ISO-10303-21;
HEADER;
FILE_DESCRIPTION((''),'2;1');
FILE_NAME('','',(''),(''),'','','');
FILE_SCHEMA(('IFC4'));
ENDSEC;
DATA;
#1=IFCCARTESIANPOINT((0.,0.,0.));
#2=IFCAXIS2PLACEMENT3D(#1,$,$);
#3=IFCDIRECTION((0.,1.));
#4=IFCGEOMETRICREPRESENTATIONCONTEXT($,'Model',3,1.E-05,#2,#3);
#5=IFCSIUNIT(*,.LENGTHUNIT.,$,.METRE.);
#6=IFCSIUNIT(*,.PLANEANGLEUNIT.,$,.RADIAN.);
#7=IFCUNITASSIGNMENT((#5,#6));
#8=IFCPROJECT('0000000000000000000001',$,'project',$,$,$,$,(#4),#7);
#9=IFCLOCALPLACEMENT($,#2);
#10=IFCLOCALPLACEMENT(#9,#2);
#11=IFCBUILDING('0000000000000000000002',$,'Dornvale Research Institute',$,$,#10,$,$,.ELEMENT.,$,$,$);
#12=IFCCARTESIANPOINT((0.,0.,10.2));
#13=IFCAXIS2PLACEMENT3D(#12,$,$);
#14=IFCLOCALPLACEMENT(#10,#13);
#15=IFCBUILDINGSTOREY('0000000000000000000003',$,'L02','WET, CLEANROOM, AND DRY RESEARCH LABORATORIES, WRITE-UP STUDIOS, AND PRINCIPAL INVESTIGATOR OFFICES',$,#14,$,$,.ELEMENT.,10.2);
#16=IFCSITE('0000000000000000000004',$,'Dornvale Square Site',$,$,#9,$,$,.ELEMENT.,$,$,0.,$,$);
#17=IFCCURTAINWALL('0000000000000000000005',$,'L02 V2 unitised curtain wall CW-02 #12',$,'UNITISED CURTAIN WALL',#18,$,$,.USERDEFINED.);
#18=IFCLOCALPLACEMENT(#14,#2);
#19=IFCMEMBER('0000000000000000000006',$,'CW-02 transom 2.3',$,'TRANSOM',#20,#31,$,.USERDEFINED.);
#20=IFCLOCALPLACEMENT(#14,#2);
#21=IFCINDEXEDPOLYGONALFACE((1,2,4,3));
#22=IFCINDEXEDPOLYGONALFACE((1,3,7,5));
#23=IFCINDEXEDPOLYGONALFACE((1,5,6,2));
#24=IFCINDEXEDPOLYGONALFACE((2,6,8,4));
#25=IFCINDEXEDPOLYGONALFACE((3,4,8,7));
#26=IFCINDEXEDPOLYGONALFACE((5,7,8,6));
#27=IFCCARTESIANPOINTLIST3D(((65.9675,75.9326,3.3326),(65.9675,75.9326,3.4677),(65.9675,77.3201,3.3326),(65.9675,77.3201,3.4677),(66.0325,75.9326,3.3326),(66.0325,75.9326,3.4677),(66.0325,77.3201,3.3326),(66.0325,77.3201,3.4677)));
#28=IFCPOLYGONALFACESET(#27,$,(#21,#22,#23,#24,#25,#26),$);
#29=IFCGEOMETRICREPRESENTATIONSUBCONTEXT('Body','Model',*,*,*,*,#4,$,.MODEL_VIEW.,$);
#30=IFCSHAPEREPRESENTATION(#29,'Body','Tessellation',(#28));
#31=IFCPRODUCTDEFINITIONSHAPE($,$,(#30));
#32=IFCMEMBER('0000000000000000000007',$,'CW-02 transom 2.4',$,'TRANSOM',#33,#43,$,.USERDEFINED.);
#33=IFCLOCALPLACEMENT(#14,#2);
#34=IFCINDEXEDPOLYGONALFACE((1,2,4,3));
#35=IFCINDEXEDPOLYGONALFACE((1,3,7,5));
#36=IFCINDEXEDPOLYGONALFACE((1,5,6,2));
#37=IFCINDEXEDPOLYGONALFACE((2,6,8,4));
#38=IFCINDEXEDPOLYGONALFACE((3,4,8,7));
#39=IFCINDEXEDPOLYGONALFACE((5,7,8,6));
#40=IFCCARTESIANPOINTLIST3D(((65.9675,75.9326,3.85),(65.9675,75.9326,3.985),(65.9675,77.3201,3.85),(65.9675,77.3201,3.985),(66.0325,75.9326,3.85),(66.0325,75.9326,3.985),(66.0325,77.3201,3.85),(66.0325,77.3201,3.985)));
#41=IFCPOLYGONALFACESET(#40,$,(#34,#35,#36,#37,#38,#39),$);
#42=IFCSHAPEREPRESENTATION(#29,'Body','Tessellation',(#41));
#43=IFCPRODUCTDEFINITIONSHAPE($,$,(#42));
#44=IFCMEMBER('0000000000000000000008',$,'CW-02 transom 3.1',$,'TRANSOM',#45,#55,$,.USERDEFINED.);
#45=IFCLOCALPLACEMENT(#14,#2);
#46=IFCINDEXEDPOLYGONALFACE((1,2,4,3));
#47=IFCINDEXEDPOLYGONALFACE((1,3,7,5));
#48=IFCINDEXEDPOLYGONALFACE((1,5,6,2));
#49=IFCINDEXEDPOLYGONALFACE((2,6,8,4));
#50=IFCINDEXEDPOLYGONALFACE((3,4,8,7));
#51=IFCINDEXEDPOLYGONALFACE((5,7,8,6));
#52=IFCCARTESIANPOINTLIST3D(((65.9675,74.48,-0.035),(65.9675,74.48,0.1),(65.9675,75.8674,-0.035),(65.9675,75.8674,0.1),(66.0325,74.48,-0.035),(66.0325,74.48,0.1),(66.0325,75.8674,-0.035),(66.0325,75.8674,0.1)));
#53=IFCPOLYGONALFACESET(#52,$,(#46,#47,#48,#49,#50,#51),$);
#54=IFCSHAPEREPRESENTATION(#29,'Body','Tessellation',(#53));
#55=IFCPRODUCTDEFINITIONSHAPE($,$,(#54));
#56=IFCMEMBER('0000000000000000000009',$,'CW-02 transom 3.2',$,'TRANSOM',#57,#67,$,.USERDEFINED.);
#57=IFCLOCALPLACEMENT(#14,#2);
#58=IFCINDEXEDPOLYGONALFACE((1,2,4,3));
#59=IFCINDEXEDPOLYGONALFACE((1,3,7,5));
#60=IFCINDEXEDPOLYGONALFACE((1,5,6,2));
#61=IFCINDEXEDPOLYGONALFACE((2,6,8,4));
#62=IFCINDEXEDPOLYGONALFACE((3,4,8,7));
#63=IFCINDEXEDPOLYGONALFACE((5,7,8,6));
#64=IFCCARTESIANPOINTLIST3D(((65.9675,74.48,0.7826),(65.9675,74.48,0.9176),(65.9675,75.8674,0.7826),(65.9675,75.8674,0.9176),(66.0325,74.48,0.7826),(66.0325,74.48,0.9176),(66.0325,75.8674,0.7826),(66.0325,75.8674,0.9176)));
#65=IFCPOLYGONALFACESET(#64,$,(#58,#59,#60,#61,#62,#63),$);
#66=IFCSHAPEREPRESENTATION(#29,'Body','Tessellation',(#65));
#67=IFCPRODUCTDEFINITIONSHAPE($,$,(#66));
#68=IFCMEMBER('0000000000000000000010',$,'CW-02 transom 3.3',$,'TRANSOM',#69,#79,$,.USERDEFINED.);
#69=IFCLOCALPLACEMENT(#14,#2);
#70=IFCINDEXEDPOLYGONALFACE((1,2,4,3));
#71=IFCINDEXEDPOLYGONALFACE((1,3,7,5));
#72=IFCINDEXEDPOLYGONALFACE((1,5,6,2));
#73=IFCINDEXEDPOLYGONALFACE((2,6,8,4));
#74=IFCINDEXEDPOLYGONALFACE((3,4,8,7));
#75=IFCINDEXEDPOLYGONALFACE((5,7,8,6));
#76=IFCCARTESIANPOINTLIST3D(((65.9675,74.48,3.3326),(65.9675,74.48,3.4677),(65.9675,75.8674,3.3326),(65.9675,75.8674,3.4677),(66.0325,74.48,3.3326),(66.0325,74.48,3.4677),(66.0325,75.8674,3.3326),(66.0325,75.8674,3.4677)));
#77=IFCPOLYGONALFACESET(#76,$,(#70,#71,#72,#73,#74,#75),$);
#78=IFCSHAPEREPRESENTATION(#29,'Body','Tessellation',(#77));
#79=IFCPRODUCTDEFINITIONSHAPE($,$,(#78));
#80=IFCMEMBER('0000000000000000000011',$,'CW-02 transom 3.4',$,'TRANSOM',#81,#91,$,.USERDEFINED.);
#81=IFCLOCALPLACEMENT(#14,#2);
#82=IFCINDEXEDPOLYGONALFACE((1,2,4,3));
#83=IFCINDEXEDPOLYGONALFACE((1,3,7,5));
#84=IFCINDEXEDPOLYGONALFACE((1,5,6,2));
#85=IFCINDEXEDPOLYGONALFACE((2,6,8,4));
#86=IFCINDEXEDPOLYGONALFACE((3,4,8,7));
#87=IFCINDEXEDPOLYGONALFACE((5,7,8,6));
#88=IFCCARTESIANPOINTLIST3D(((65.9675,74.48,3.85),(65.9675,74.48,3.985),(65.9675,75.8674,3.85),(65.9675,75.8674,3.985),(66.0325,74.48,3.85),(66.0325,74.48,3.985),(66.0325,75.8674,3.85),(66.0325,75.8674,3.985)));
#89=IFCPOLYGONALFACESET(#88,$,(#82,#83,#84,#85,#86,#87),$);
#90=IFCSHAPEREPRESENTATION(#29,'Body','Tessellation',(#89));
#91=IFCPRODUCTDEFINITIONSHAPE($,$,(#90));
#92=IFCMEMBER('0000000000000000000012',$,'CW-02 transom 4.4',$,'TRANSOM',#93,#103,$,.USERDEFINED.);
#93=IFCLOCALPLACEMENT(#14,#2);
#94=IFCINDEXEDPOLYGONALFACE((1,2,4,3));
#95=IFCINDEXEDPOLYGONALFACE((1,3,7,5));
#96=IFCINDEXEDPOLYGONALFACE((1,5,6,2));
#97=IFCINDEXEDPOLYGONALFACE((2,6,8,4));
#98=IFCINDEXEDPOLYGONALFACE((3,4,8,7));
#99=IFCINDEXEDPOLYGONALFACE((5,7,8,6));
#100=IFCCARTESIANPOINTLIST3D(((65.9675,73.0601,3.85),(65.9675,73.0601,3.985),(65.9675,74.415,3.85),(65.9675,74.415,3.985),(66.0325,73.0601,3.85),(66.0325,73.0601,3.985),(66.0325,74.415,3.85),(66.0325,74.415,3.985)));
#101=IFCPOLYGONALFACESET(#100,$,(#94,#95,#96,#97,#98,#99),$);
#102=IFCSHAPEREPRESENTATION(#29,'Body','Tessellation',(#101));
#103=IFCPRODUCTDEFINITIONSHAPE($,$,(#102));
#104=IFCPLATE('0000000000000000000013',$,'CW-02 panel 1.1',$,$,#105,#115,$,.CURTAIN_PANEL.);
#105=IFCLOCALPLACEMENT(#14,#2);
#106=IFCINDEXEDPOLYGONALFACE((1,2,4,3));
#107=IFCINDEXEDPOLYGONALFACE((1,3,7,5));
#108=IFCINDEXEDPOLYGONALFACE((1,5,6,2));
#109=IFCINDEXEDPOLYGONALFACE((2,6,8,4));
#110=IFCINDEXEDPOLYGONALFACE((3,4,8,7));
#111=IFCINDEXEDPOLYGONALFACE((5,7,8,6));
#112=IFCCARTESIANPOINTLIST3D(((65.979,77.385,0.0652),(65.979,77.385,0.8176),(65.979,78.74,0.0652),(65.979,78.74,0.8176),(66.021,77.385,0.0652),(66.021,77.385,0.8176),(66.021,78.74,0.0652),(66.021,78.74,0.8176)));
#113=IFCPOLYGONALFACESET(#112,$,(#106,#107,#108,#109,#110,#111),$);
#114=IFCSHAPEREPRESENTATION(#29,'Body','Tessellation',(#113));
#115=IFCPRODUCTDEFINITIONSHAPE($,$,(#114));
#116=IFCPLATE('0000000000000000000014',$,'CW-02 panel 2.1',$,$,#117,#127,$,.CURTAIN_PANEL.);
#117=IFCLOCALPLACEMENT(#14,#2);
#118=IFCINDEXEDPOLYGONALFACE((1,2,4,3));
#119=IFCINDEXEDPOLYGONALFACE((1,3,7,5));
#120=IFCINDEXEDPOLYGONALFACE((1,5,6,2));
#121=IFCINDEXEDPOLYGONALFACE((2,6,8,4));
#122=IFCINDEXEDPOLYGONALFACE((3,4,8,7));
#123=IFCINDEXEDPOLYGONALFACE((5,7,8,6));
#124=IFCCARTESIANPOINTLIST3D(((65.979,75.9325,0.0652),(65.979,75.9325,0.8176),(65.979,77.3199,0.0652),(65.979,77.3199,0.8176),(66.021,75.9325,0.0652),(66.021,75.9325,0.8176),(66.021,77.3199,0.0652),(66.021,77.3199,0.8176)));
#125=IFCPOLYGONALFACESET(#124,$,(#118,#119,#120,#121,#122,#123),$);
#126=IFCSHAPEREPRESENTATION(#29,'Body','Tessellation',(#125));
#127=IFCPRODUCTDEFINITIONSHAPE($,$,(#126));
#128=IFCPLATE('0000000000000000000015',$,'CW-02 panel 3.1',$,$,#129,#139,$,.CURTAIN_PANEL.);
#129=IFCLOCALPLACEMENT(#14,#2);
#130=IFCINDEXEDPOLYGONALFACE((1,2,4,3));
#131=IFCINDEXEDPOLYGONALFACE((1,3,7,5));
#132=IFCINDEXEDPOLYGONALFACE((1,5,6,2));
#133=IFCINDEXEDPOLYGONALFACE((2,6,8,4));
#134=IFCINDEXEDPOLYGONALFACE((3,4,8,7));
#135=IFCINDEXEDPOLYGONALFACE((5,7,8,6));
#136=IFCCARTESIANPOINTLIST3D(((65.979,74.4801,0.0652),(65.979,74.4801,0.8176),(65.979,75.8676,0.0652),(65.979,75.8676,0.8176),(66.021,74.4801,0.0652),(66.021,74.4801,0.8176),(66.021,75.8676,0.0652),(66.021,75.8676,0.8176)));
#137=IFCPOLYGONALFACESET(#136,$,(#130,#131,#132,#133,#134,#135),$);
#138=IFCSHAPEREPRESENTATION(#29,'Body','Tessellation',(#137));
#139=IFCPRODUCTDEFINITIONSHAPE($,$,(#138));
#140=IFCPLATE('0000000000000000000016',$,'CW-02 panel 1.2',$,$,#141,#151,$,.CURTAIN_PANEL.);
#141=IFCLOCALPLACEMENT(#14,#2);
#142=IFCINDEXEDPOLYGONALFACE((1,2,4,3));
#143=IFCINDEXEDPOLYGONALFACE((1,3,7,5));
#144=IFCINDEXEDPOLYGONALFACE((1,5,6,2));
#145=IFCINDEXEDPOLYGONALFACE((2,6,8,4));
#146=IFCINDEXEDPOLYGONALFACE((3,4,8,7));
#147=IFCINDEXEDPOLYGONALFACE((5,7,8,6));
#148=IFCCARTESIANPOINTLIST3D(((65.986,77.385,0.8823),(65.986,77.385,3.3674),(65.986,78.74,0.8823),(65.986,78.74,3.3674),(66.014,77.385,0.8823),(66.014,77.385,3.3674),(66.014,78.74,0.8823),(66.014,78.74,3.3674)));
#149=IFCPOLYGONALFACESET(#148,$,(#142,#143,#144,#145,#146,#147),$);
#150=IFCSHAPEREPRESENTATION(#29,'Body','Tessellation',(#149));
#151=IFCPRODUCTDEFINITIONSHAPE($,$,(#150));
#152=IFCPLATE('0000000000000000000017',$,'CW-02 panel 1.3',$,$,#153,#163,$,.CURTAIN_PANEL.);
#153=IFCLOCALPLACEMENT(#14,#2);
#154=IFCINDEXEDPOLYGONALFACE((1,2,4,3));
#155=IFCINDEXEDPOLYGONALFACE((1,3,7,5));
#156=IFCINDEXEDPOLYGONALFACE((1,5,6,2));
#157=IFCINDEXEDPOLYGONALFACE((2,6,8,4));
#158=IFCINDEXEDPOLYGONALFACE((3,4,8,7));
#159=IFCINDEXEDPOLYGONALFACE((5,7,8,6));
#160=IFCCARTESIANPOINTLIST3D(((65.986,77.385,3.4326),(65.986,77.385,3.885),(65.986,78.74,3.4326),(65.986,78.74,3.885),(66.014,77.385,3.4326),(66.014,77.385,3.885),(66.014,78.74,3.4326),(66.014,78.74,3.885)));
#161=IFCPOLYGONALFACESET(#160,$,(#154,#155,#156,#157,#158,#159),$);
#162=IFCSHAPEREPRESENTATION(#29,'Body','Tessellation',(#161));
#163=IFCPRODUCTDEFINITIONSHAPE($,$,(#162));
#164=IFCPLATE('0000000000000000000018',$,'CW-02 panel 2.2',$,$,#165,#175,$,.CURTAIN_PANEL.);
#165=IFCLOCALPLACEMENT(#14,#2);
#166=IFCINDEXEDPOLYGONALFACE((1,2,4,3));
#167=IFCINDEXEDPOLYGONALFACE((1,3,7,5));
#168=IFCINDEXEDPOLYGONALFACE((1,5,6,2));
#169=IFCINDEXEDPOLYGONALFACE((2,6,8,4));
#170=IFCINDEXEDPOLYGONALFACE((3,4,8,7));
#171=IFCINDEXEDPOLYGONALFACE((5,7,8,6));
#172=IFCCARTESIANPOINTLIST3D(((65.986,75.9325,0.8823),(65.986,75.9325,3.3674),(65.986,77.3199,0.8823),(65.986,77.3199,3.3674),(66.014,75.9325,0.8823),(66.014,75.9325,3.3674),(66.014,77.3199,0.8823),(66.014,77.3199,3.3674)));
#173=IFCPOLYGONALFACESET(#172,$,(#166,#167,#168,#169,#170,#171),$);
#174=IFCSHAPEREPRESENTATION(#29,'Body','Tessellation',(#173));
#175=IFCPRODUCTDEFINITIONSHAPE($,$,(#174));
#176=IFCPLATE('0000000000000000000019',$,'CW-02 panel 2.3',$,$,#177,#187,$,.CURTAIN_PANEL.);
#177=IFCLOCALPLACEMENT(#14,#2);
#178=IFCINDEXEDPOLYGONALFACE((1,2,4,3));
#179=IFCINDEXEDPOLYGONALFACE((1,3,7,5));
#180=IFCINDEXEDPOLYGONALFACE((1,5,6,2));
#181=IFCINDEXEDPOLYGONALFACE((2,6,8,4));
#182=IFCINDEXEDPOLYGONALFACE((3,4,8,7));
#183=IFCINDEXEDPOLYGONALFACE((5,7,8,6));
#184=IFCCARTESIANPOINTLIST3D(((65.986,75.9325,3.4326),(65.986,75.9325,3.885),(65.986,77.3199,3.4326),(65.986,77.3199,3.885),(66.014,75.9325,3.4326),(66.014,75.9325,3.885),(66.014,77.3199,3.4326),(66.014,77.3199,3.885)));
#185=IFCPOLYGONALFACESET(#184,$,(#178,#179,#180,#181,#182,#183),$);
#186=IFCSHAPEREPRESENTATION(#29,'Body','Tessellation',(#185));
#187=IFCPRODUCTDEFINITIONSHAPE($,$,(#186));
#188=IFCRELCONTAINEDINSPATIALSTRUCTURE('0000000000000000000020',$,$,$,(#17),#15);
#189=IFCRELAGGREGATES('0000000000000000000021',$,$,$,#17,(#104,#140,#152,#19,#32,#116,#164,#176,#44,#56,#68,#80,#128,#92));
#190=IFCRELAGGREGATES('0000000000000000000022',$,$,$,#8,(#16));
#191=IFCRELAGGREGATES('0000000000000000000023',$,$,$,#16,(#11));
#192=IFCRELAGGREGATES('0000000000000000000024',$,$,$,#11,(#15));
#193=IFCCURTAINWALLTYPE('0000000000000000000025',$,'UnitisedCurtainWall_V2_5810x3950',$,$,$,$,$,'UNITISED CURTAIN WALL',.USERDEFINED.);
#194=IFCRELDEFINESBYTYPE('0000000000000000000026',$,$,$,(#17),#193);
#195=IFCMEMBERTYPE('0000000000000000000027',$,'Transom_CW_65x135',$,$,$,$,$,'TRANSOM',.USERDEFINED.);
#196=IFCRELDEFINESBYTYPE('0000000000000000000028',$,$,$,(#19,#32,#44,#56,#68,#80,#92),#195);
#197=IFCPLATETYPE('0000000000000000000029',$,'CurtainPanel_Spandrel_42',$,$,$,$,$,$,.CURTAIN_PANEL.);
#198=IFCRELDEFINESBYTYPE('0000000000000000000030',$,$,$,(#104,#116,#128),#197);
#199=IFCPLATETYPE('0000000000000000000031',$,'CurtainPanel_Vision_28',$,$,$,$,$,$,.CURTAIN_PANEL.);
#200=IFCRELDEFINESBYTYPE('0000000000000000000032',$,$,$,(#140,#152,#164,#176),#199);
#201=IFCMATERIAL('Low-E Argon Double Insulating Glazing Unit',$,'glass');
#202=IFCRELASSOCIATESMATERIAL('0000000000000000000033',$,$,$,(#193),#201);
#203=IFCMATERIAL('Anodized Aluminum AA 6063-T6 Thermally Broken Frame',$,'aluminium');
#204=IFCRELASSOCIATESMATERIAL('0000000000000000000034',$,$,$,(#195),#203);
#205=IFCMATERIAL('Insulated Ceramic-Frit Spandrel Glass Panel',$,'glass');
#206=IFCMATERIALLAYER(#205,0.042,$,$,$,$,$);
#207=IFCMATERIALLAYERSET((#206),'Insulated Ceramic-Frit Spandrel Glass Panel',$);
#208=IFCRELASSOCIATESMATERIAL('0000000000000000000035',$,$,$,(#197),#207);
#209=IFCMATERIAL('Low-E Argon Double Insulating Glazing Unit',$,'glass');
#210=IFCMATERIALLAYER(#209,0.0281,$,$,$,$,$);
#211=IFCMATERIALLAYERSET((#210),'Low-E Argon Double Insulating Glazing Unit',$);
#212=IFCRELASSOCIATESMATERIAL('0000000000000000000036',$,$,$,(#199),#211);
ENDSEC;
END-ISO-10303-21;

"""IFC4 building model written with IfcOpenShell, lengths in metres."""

from ifc_helpers import new_model, si_unit, direction, frame, origin, origin_2d, place, context, subcontext, project, spatial, rectangle, extrude, material, layer, layer_set, material_profile, profile_set, type_object, element, aggregate, save


model = new_model("IFC4")

# Units and contexts
model_context = context("Model", 3, precision=1e-05, world=origin(), true_north=direction((0.0, 1.0)))
body_context = subcontext(model_context, "Body", "Model", "MODEL_VIEW")
ifc_project = project(units=[si_unit("LENGTHUNIT", "METRE"), si_unit("PLANEANGLEUNIT", "RADIAN")], contexts=[model_context])

# Site, building, storey
site_placement = place(None, origin())
site = spatial("IfcSite", under=ifc_project, at=site_placement, Name="Dornvale Square Site", CompositionType="ELEMENT", RefElevation=0.0)
building_placement = place(site_placement, origin())
building = spatial("IfcBuilding", under=site, at=building_placement, Name="Dornvale Research Institute", CompositionType="ELEMENT")
storey_placement = place(building_placement, frame((0.0, 0.0, 10.2)))
storey = spatial("IfcBuildingStorey", under=building, at=storey_placement, Name="L02", Description="WET, CLEANROOM, AND DRY RESEARCH LABORATORIES, WRITE-UP STUDIOS, AND PRINCIPAL INVESTIGATOR OFFICES", CompositionType="ELEMENT", Elevation=10.2)

# Curtain wall
ifc_material_1 = material(Name="Low-E Argon Double Insulating Glazing Unit", Category="glass")
curtain_wall_type = type_object("IfcCurtainWallType", Name="UnitisedCurtainWall_V2_5810x3950", ElementType="UNITISED CURTAIN WALL", PredefinedType="USERDEFINED", material=ifc_material_1)
curtain_wall_placement = place(storey_placement, origin())
curtain_wall = element("IfcCurtainWall", 1, at=curtain_wall_placement, inside=storey, type_object=curtain_wall_type, Name="L02 V2 unitised curtain wall CW-02 #12", ObjectType="UNITISED CURTAIN WALL", PredefinedType="USERDEFINED")

# Members
ifc_material_2 = material(Name="Anodized Aluminum AA 6063-T6 Thermally Broken Frame", Category="aluminium")
ifc_material_profile_1 = material_profile(ifc_material_2, rectangle(XDim=0.0649, YDim=0.135, at=origin_2d()), Name="ALU TRANSOM 65x135")
ifc_profile_set_1 = profile_set([ifc_material_profile_1], Name="Anodized Aluminum AA 6063-T6 Thermally Broken Frame")
member_type_1 = type_object("IfcMemberType", Name="Transom_CW_65x135", ElementType="TRANSOM", PredefinedType="USERDEFINED", material=ifc_profile_set_1)
member_1_placement = place(storey_placement, frame((66.0, 77.3201, 3.4001), z_axis=(0.0, -1.0, 0.0), x_axis=(1.0, 0.0, 0.0)))
member_1 = element("IfcMember", 2, at=member_1_placement, type_object=member_type_1, Name="CW-02 transom 2.3", ObjectType="TRANSOM", PredefinedType="USERDEFINED", context=body_context, shape_type="SweptSolid", body=[
    extrude(rectangle(XDim=0.0649, YDim=0.135, at=origin_2d()), origin(), (0.0, 0.0, 1.0), 1.3875),
])
member_2_placement = place(storey_placement, frame((66.0, 77.3201, 3.9175), z_axis=(0.0, -1.0, 0.0), x_axis=(1.0, 0.0, 0.0)))
member_2 = element("IfcMember", 3, at=member_2_placement, type_object=member_type_1, Name="CW-02 transom 2.4", ObjectType="TRANSOM", PredefinedType="USERDEFINED", context=body_context, shape_type="SweptSolid", body=[
    extrude(rectangle(XDim=0.0649, YDim=0.135, at=origin_2d()), origin(), (0.0, 0.0, 1.0), 1.3875),
])
member_3_placement = place(storey_placement, frame((66.0, 75.8674, 0.0325), z_axis=(0.0, -1.0, 0.0), x_axis=(1.0, 0.0, 0.0)))
member_3 = element("IfcMember", 4, at=member_3_placement, type_object=member_type_1, Name="CW-02 transom 3.1", ObjectType="TRANSOM", PredefinedType="USERDEFINED", context=body_context, shape_type="SweptSolid", body=[
    extrude(rectangle(XDim=0.0649, YDim=0.135, at=origin_2d()), origin(), (0.0, 0.0, 1.0), 1.3875),
])
member_4_placement = place(storey_placement, frame((66.0, 75.8674, 0.8501), z_axis=(0.0, -1.0, 0.0), x_axis=(1.0, 0.0, 0.0)))
member_4 = element("IfcMember", 5, at=member_4_placement, type_object=member_type_1, Name="CW-02 transom 3.2", ObjectType="TRANSOM", PredefinedType="USERDEFINED", context=body_context, shape_type="SweptSolid", body=[
    extrude(rectangle(XDim=0.0649, YDim=0.135, at=origin_2d()), origin(), (0.0, 0.0, 1.0), 1.3875),
])
member_5_placement = place(storey_placement, frame((66.0, 75.8674, 3.4001), z_axis=(0.0, -1.0, 0.0), x_axis=(1.0, 0.0, 0.0)))
member_5 = element("IfcMember", 6, at=member_5_placement, type_object=member_type_1, Name="CW-02 transom 3.3", ObjectType="TRANSOM", PredefinedType="USERDEFINED", context=body_context, shape_type="SweptSolid", body=[
    extrude(rectangle(XDim=0.0649, YDim=0.135, at=origin_2d()), origin(), (0.0, 0.0, 1.0), 1.3875),
])
member_6_placement = place(storey_placement, frame((66.0, 75.8674, 3.9175), z_axis=(0.0, -1.0, 0.0), x_axis=(1.0, 0.0, 0.0)))
member_6 = element("IfcMember", 7, at=member_6_placement, type_object=member_type_1, Name="CW-02 transom 3.4", ObjectType="TRANSOM", PredefinedType="USERDEFINED", context=body_context, shape_type="SweptSolid", body=[
    extrude(rectangle(XDim=0.0649, YDim=0.135, at=origin_2d()), origin(), (0.0, 0.0, 1.0), 1.3875),
])
member_7_placement = place(storey_placement, frame((66.0, 74.415, 3.9175), z_axis=(0.0, -1.0, 0.0), x_axis=(1.0, 0.0, 0.0)))
member_7 = element("IfcMember", 8, at=member_7_placement, type_object=member_type_1, Name="CW-02 transom 4.4", ObjectType="TRANSOM", PredefinedType="USERDEFINED", context=body_context, shape_type="SweptSolid", body=[
    extrude(rectangle(XDim=0.0649, YDim=0.135, at=origin_2d()), origin(), (0.0, 0.0, 1.0), 1.355),
])

# Plates
ifc_material_3 = material(Name="Insulated Ceramic-Frit Spandrel Glass Panel", Category="glass")
ifc_layer_1 = layer(ifc_material_3, 0.042)
ifc_layer_set_1 = layer_set([ifc_layer_1], Name="Insulated Ceramic-Frit Spandrel Glass Panel")
plate_type_1 = type_object("IfcPlateType", Name="CurtainPanel_Spandrel_42", PredefinedType="CURTAIN_PANEL", material=ifc_layer_set_1)
plate_1_placement = place(storey_placement, frame((66.0, 78.0625, 0.0652), z_axis=(0.0, 0.0, 1.0), x_axis=(0.0, -1.0, 0.0)))
plate_1 = element("IfcPlate", 9, at=plate_1_placement, type_object=plate_type_1, Name="CW-02 panel 1.1", PredefinedType="CURTAIN_PANEL", context=body_context, shape_type="SweptSolid", body=[
    extrude(rectangle(XDim=1.355, YDim=0.042, at=origin_2d()), origin(), (0.0, 0.0, 1.0), 0.7524),
])
plate_2_placement = place(storey_placement, frame((66.0, 76.6262, 0.0652), z_axis=(0.0, 0.0, 1.0), x_axis=(0.0, -1.0, 0.0)))
plate_2 = element("IfcPlate", 10, at=plate_2_placement, type_object=plate_type_1, Name="CW-02 panel 2.1", PredefinedType="CURTAIN_PANEL", context=body_context, shape_type="SweptSolid", body=[
    extrude(rectangle(XDim=1.3875, YDim=0.042, at=origin_2d()), origin(), (0.0, 0.0, 1.0), 0.7524),
])
plate_3_placement = place(storey_placement, frame((66.0, 75.1738, 0.0652), z_axis=(0.0, 0.0, 1.0), x_axis=(0.0, -1.0, 0.0)))
plate_3 = element("IfcPlate", 11, at=plate_3_placement, type_object=plate_type_1, Name="CW-02 panel 3.1", PredefinedType="CURTAIN_PANEL", context=body_context, shape_type="SweptSolid", body=[
    extrude(rectangle(XDim=1.3875, YDim=0.042, at=origin_2d()), origin(), (0.0, 0.0, 1.0), 0.7524),
])
ifc_material_4 = material(Name="Low-E Argon Double Insulating Glazing Unit", Category="glass")
ifc_layer_2 = layer(ifc_material_4, 0.0281)
ifc_layer_set_2 = layer_set([ifc_layer_2], Name="Low-E Argon Double Insulating Glazing Unit")
plate_type_2 = type_object("IfcPlateType", Name="CurtainPanel_Vision_28", PredefinedType="CURTAIN_PANEL", material=ifc_layer_set_2)
plate_4_placement = place(storey_placement, frame((66.0, 78.0625, 0.8823), z_axis=(0.0, 0.0, 1.0), x_axis=(0.0, -1.0, 0.0)))
plate_4 = element("IfcPlate", 12, at=plate_4_placement, type_object=plate_type_2, Name="CW-02 panel 1.2", PredefinedType="CURTAIN_PANEL", context=body_context, shape_type="SweptSolid", body=[
    extrude(rectangle(XDim=1.355, YDim=0.0281, at=origin_2d()), origin(), (0.0, 0.0, 1.0), 2.4851),
])
plate_5_placement = place(storey_placement, frame((66.0, 78.0625, 3.4326), z_axis=(0.0, 0.0, 1.0), x_axis=(0.0, -1.0, 0.0)))
plate_5 = element("IfcPlate", 13, at=plate_5_placement, type_object=plate_type_2, Name="CW-02 panel 1.3", PredefinedType="CURTAIN_PANEL", context=body_context, shape_type="SweptSolid", body=[
    extrude(rectangle(XDim=1.355, YDim=0.0281, at=origin_2d()), origin(), (0.0, 0.0, 1.0), 0.4524),
])
plate_6_placement = place(storey_placement, frame((66.0, 76.6262, 0.8823), z_axis=(0.0, 0.0, 1.0), x_axis=(0.0, -1.0, 0.0)))
plate_6 = element("IfcPlate", 14, at=plate_6_placement, type_object=plate_type_2, Name="CW-02 panel 2.2", PredefinedType="CURTAIN_PANEL", context=body_context, shape_type="SweptSolid", body=[
    extrude(rectangle(XDim=1.3875, YDim=0.0281, at=origin_2d()), origin(), (0.0, 0.0, 1.0), 2.4851),
])
plate_7_placement = place(storey_placement, frame((66.0, 76.6262, 3.4326), z_axis=(0.0, 0.0, 1.0), x_axis=(0.0, -1.0, 0.0)))
plate_7 = element("IfcPlate", 15, at=plate_7_placement, type_object=plate_type_2, Name="CW-02 panel 2.3", PredefinedType="CURTAIN_PANEL", context=body_context, shape_type="SweptSolid", body=[
    extrude(rectangle(XDim=1.3875, YDim=0.0281, at=origin_2d()), origin(), (0.0, 0.0, 1.0), 0.4524),
])
aggregate(curtain_wall, [plate_1, plate_4, plate_5, member_1, member_2, plate_2, plate_6, plate_7, member_3, member_4, member_5, member_6, plate_3, member_7])

save(model, "model.ifc")
